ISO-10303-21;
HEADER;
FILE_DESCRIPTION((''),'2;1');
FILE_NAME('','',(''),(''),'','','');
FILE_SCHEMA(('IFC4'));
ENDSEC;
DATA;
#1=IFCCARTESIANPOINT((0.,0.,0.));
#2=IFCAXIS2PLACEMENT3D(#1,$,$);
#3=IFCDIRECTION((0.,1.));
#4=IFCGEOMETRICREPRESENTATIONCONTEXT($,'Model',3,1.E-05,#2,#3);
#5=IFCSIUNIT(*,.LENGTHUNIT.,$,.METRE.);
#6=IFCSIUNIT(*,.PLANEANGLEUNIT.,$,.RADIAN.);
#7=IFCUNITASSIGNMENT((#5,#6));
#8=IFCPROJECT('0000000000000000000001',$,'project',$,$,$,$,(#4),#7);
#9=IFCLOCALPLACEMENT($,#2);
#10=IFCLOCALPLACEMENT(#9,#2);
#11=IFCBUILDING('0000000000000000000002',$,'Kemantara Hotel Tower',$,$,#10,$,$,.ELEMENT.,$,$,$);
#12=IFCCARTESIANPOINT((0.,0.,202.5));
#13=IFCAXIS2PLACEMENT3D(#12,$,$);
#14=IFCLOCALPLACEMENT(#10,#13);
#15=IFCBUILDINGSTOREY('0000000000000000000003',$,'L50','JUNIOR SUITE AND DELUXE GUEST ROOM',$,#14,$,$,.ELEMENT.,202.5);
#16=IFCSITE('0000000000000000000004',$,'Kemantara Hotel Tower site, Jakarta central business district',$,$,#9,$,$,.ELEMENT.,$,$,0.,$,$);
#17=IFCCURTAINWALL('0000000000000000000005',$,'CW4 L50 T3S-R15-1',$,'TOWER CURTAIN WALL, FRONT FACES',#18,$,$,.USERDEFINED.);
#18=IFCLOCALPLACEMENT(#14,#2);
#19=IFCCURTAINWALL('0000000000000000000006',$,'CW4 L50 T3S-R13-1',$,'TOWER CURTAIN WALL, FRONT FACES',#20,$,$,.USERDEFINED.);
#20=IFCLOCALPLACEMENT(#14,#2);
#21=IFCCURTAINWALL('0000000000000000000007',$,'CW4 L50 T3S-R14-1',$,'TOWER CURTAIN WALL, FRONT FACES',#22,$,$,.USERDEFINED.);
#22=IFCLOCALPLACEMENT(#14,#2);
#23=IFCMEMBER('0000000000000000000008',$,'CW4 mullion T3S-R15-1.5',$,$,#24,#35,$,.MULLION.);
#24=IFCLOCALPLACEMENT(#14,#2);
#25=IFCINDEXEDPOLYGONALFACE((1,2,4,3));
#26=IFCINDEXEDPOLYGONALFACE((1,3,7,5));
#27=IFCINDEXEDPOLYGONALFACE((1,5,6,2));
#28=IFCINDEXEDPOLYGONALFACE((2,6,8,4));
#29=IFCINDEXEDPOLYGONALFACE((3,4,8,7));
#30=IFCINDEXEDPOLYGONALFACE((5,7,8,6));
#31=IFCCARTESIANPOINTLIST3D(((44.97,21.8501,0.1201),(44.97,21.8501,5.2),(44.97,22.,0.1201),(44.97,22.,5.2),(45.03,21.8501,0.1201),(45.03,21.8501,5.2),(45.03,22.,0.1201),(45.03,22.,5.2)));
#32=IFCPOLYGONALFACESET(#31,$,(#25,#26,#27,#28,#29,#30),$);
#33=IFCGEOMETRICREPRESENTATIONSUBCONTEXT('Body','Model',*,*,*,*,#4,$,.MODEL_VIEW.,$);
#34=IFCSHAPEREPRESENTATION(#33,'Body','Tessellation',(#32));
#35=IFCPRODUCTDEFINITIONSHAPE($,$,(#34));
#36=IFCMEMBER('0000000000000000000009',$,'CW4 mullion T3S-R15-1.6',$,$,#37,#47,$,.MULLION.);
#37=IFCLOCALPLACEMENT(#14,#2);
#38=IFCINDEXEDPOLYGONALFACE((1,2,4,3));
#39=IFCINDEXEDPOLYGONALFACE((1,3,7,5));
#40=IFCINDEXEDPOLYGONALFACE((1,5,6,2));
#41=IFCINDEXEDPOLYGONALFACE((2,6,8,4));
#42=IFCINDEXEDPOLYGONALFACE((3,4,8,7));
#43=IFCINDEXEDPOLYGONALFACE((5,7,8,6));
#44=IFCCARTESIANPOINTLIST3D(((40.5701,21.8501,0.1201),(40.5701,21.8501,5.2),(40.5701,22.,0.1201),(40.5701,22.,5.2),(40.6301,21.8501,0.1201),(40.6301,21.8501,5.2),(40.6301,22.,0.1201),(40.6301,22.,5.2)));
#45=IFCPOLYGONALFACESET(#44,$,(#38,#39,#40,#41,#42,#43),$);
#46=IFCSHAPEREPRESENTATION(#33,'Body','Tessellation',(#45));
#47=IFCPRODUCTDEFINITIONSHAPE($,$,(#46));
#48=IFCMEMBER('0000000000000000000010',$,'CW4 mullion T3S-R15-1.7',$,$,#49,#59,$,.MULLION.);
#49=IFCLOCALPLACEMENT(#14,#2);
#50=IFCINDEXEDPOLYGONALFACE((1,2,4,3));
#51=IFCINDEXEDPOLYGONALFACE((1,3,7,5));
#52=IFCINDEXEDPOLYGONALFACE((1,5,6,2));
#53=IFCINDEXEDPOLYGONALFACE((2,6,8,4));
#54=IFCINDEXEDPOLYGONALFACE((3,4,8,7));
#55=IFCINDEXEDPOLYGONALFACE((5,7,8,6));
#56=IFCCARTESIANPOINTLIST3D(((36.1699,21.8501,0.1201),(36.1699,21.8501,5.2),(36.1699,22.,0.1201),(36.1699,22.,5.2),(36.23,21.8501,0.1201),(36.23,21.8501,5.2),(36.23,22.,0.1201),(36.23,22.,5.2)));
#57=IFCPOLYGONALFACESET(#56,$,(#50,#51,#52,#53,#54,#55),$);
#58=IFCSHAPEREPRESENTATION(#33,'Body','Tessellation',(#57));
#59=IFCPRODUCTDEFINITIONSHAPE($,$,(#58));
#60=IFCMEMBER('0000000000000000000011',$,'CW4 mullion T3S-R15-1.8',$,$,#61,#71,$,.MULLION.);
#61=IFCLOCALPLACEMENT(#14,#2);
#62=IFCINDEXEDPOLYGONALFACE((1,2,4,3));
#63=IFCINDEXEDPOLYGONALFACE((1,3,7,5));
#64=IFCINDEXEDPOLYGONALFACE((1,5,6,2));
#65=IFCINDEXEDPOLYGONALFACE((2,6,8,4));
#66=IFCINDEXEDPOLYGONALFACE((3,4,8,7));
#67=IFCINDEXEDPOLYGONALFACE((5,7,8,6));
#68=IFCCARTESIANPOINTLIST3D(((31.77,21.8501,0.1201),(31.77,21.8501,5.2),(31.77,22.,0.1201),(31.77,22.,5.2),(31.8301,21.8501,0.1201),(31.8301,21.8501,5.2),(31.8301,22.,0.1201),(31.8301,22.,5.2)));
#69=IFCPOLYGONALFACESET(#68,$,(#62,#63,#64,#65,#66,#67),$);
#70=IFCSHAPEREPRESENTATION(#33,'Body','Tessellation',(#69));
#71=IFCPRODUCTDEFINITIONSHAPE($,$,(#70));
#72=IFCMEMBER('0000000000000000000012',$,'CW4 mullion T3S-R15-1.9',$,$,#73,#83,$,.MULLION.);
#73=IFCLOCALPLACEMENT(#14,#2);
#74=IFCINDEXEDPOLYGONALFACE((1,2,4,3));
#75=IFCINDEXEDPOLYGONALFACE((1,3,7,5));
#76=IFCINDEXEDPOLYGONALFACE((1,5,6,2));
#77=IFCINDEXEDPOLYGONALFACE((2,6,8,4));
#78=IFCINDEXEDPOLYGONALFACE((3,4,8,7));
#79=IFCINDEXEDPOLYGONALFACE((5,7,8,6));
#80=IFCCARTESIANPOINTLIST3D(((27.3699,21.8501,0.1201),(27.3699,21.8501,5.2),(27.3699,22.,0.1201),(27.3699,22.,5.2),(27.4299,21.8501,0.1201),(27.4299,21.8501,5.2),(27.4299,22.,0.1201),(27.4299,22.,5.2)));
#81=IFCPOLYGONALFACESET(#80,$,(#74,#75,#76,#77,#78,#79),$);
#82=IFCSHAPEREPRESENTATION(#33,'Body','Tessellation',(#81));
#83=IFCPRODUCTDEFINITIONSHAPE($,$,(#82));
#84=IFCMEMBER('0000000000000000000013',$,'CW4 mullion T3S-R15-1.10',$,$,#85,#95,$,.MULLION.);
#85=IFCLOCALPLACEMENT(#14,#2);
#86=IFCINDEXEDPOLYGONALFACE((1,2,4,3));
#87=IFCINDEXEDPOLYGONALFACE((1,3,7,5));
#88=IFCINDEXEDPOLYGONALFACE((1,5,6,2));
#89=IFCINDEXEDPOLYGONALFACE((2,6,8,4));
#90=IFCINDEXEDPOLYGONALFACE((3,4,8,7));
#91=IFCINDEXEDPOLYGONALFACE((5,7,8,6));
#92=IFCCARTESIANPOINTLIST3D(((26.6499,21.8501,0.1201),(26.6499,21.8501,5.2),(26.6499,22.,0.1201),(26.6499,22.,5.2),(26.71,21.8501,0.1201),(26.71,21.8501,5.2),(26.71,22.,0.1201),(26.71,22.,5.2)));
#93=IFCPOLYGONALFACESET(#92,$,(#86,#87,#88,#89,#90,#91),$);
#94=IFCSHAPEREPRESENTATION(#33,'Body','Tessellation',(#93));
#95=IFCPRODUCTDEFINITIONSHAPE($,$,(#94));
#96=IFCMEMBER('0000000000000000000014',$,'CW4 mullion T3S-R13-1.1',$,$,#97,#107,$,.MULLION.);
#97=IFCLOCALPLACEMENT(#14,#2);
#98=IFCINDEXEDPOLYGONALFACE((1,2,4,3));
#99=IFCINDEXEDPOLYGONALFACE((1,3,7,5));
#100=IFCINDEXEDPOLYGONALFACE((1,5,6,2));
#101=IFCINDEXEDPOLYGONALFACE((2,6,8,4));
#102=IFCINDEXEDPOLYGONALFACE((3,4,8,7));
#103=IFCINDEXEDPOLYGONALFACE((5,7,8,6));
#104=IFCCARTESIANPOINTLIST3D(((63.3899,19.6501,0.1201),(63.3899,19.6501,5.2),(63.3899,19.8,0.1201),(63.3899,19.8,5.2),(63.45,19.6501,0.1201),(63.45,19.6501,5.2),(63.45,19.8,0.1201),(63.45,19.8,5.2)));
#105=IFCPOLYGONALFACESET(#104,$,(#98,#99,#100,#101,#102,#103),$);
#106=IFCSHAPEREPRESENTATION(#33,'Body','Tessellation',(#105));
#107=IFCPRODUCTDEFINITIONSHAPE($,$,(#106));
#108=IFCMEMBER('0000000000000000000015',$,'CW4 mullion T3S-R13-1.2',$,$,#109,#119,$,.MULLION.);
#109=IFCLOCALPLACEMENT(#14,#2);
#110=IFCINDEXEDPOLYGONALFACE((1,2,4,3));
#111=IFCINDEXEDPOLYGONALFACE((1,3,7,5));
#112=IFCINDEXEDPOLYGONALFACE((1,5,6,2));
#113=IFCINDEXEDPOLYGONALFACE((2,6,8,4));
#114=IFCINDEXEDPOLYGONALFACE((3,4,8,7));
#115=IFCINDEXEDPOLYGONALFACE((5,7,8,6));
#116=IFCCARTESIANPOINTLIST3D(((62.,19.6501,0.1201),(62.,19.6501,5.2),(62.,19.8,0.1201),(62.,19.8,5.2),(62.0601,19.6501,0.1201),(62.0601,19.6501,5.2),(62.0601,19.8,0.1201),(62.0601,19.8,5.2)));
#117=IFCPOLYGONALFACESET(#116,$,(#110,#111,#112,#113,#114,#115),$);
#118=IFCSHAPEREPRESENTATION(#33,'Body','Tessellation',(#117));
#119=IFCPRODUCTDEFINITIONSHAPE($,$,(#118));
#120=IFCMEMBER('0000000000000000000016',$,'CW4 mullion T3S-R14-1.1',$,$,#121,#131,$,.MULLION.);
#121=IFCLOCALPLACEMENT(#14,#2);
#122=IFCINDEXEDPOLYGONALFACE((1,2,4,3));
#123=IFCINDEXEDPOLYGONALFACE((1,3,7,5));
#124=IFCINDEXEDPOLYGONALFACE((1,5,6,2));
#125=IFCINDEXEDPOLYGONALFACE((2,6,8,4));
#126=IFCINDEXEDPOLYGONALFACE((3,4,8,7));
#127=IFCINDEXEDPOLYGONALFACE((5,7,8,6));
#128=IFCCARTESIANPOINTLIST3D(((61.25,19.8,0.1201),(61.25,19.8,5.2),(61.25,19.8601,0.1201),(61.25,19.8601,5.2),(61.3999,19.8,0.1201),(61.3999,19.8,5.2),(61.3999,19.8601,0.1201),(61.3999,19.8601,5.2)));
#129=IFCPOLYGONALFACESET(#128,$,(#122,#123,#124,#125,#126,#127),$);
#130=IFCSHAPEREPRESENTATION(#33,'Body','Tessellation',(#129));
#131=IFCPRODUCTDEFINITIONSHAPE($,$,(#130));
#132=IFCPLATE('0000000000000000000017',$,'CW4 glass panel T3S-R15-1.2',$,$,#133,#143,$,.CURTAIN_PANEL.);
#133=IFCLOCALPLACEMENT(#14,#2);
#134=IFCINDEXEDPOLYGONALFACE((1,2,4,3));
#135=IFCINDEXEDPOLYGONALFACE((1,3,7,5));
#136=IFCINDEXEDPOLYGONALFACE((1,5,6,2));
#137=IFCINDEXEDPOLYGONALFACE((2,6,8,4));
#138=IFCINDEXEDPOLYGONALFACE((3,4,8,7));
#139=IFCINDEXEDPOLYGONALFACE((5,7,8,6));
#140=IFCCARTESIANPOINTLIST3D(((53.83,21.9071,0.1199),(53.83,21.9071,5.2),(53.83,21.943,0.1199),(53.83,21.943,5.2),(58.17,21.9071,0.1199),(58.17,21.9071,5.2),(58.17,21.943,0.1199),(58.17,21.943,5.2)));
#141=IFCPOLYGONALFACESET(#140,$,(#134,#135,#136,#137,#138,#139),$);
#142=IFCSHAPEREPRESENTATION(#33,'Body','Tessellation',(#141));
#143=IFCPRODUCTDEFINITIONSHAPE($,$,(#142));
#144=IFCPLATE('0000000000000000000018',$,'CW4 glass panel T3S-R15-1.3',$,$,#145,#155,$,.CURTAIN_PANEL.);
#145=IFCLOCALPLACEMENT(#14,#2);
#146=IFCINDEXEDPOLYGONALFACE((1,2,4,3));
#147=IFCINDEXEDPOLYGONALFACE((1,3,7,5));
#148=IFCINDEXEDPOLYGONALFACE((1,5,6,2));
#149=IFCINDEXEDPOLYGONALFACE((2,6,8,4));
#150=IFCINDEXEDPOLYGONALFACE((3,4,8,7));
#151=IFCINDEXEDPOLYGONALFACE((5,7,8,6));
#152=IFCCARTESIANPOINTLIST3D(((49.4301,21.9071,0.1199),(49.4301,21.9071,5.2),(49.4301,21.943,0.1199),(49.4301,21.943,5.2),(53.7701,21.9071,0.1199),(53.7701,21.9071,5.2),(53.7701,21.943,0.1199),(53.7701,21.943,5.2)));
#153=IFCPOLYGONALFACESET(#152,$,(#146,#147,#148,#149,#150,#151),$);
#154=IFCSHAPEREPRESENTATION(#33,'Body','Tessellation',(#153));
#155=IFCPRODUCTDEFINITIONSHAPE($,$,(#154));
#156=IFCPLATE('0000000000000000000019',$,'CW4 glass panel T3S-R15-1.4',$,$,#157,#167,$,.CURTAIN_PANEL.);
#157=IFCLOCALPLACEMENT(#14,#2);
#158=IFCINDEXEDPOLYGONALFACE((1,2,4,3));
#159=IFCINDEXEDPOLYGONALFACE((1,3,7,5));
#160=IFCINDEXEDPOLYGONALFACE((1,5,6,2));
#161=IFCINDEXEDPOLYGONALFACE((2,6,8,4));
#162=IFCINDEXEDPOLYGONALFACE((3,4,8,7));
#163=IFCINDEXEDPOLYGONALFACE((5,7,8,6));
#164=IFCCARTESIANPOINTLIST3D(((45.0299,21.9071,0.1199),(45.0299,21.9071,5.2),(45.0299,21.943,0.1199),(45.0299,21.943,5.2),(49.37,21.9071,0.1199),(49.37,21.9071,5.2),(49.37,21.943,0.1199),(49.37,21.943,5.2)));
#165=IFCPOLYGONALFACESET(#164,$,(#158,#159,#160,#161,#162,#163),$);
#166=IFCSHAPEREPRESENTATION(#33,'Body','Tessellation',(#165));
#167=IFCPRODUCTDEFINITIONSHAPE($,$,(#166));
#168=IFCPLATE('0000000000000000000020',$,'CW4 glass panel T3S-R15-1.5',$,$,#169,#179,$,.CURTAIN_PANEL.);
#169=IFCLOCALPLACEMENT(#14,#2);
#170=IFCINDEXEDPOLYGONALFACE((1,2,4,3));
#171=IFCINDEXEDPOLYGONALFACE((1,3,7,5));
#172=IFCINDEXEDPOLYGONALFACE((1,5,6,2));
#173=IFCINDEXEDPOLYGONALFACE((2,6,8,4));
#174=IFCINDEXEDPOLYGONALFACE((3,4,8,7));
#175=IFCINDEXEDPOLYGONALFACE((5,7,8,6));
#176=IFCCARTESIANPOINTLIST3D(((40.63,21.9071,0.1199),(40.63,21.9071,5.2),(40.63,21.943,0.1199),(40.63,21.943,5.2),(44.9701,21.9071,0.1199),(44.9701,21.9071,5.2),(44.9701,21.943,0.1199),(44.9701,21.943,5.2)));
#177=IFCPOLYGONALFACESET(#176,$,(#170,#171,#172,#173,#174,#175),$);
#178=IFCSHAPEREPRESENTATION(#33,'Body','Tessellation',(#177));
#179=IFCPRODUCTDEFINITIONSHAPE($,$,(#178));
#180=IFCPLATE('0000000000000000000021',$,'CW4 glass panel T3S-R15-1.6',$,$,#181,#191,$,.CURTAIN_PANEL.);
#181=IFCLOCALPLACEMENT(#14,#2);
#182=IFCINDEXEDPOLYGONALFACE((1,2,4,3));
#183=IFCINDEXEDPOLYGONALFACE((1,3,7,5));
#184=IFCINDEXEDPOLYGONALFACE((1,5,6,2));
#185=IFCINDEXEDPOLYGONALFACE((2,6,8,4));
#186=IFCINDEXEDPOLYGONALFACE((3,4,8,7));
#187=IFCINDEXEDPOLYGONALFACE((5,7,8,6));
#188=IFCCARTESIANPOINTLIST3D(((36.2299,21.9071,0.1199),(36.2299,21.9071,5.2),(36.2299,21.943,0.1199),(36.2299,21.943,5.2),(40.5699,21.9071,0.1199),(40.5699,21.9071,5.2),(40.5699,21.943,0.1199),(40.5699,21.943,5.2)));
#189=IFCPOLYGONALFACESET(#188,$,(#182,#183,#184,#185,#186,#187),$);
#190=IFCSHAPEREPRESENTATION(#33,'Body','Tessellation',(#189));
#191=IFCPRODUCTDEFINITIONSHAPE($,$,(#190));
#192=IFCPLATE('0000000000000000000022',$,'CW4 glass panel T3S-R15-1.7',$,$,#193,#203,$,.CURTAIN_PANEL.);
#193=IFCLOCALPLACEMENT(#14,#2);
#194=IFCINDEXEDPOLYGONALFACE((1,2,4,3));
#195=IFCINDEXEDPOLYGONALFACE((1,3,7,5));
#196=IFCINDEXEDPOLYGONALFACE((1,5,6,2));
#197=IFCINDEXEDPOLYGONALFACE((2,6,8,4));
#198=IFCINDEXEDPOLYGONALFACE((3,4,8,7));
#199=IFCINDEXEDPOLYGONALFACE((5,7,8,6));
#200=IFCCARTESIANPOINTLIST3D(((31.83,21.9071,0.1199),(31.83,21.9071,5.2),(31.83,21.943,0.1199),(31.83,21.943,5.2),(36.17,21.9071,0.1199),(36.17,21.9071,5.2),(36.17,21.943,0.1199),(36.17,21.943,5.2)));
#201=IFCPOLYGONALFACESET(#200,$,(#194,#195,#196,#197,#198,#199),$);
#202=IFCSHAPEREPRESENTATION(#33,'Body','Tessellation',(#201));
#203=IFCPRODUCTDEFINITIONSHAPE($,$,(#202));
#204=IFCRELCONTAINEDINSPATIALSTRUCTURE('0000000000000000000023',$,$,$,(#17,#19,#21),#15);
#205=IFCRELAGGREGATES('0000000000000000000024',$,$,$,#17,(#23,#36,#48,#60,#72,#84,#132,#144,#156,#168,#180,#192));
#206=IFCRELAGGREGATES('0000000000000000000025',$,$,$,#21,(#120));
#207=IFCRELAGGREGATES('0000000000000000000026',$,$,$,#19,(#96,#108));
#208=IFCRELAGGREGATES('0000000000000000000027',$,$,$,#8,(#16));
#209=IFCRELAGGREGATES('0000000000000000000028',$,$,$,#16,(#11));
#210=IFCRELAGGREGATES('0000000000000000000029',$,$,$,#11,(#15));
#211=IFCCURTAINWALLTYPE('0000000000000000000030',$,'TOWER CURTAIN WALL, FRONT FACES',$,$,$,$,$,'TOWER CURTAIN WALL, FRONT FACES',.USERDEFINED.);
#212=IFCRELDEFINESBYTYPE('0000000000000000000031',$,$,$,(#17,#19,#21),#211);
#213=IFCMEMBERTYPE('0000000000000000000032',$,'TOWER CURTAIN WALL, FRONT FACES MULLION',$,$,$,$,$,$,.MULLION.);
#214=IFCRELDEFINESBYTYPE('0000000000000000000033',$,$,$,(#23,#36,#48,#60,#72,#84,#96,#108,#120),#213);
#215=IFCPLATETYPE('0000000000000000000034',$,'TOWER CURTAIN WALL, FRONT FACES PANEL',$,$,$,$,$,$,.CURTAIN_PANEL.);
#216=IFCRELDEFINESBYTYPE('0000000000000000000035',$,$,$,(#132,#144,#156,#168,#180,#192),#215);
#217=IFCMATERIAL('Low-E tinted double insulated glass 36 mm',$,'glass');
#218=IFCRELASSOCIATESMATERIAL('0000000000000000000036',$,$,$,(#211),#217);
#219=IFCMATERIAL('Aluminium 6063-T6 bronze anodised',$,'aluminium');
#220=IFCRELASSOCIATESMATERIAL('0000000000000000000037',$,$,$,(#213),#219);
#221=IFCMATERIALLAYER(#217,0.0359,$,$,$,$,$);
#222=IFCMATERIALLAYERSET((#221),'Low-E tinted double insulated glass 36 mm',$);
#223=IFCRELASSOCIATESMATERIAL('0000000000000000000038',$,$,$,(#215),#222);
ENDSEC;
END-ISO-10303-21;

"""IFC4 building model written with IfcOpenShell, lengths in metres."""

from ifc_helpers import new_model, si_unit, direction, frame, origin, origin_2d, place, context, subcontext, project, spatial, rectangle, extrude, source, transform, mapped, material, layer, layer_set, material_profile, profile_set, type_object, element, aggregate, save


model = new_model("IFC4")

# Units and contexts
model_context = context("Model", 3, precision=1e-05, world=origin(), true_north=direction((0.0, 1.0)))
body_context = subcontext(model_context, "Body", "Model", "MODEL_VIEW")
ifc_project = project(units=[si_unit("LENGTHUNIT", "METRE"), si_unit("PLANEANGLEUNIT", "RADIAN")], contexts=[model_context])

# Site, building, storey
site_placement = place(None, origin())
site = spatial("IfcSite", under=ifc_project, at=site_placement, Name="Kemantara Hotel Tower site, Jakarta central business district", CompositionType="ELEMENT", RefElevation=0.0)
building_placement = place(site_placement, origin())
building = spatial("IfcBuilding", under=site, at=building_placement, Name="Kemantara Hotel Tower", CompositionType="ELEMENT")
storey_placement = place(building_placement, frame((0.0, 0.0, 202.5)))
storey = spatial("IfcBuildingStorey", under=building, at=storey_placement, Name="L50", Description="JUNIOR SUITE AND DELUXE GUEST ROOM", CompositionType="ELEMENT", Elevation=202.5)

# Curtain walls
ifc_material_1 = material(Name="Low-E tinted double insulated glass 36 mm", Category="glass")
curtain_wall_type = type_object("IfcCurtainWallType", Name="TOWER CURTAIN WALL, FRONT FACES", ElementType="TOWER CURTAIN WALL, FRONT FACES", PredefinedType="USERDEFINED", material=ifc_material_1)
curtain_wall_1_placement = place(storey_placement, origin())
curtain_wall_1 = element("IfcCurtainWall", 1, at=curtain_wall_1_placement, inside=storey, type_object=curtain_wall_type, Name="CW4 L50 T3S-R15-1", ObjectType="TOWER CURTAIN WALL, FRONT FACES", PredefinedType="USERDEFINED")
ifc_material_2 = material(Name="Aluminium 6063-T6 bronze anodised", Category="aluminium")
curtain_wall_2_placement = place(storey_placement, origin())
curtain_wall_2 = element("IfcCurtainWall", 2, at=curtain_wall_2_placement, inside=storey, type_object=curtain_wall_type, Name="CW4 L50 T3S-R13-1", ObjectType="TOWER CURTAIN WALL, FRONT FACES", PredefinedType="USERDEFINED")
curtain_wall_3_placement = place(storey_placement, origin())
curtain_wall_3 = element("IfcCurtainWall", 3, at=curtain_wall_3_placement, inside=storey, type_object=curtain_wall_type, Name="CW4 L50 T3S-R14-1", ObjectType="TOWER CURTAIN WALL, FRONT FACES", PredefinedType="USERDEFINED")

# Shared definitions
ifc_material_profile_1 = material_profile(ifc_material_2, rectangle(XDim=0.1499, YDim=0.0601, at=origin_2d()), Name="TOWER CURTAIN WALL, FRONT FACES MULLION")
ifc_profile_set_1 = profile_set([ifc_material_profile_1], Name="Aluminium 6063-T6 bronze anodised")
member_type_1 = type_object("IfcMemberType", Name="TOWER CURTAIN WALL, FRONT FACES MULLION", PredefinedType="MULLION", material=ifc_profile_set_1)
shared_shape_1 = source(origin(), body_context, "Body", "SweptSolid", [
    extrude(rectangle(XDim=0.1499, YDim=0.0601, at=origin_2d()), origin(), (0.0, 0.0, 1.0), 5.0798),
])

# Members
member_1_placement = place(storey_placement, frame((45.0, 21.925, 0.1201), z_axis=(0.0, 0.0, 1.0), x_axis=(0.0, -1.0, 0.0)))
member_1 = element("IfcMember", 4, at=member_1_placement, type_object=member_type_1, Name="CW4 mullion T3S-R15-1.5", PredefinedType="MULLION", context=body_context, shape_type="MappedRepresentation", body=[
    mapped(shared_shape_1, transform((0.0, 0.0, 0.0))),
])
member_2_placement = place(storey_placement, frame((40.6001, 21.925, 0.1201), z_axis=(0.0, 0.0, 1.0), x_axis=(0.0, -1.0, 0.0)))
member_2 = element("IfcMember", 5, at=member_2_placement, type_object=member_type_1, Name="CW4 mullion T3S-R15-1.6", PredefinedType="MULLION", context=body_context, shape_type="MappedRepresentation", body=[
    mapped(shared_shape_1, transform((0.0, 0.0, 0.0))),
])
member_3_placement = place(storey_placement, frame((36.2, 21.925, 0.1201), z_axis=(0.0, 0.0, 1.0), x_axis=(0.0, -1.0, 0.0)))
member_3 = element("IfcMember", 6, at=member_3_placement, type_object=member_type_1, Name="CW4 mullion T3S-R15-1.7", PredefinedType="MULLION", context=body_context, shape_type="MappedRepresentation", body=[
    mapped(shared_shape_1, transform((0.0, 0.0, 0.0))),
])
member_4_placement = place(storey_placement, frame((31.8, 21.925, 0.1201), z_axis=(0.0, 0.0, 1.0), x_axis=(0.0, -1.0, 0.0)))
member_4 = element("IfcMember", 7, at=member_4_placement, type_object=member_type_1, Name="CW4 mullion T3S-R15-1.8", PredefinedType="MULLION", context=body_context, shape_type="MappedRepresentation", body=[
    mapped(shared_shape_1, transform((0.0, 0.0, 0.0))),
])
member_5_placement = place(storey_placement, frame((27.3999, 21.925, 0.1201), z_axis=(0.0, 0.0, 1.0), x_axis=(0.0, -1.0, 0.0)))
member_5 = element("IfcMember", 8, at=member_5_placement, type_object=member_type_1, Name="CW4 mullion T3S-R15-1.9", PredefinedType="MULLION", context=body_context, shape_type="MappedRepresentation", body=[
    mapped(shared_shape_1, transform((0.0, 0.0, 0.0))),
])
member_6_placement = place(storey_placement, frame((26.6799, 21.925, 0.1201), z_axis=(0.0, 0.0, 1.0), x_axis=(0.0, -1.0, 0.0)))
member_6 = element("IfcMember", 9, at=member_6_placement, type_object=member_type_1, Name="CW4 mullion T3S-R15-1.10", PredefinedType="MULLION", context=body_context, shape_type="MappedRepresentation", body=[
    mapped(shared_shape_1, transform((0.0, 0.0, 0.0))),
])
member_7_placement = place(storey_placement, frame((63.4199, 19.7251, 0.1201), z_axis=(0.0, 0.0, 1.0), x_axis=(0.0, -1.0, 0.0)))
member_7 = element("IfcMember", 10, at=member_7_placement, type_object=member_type_1, Name="CW4 mullion T3S-R13-1.1", PredefinedType="MULLION", context=body_context, shape_type="MappedRepresentation", body=[
    mapped(shared_shape_1, transform((0.0, 0.0, 0.0))),
])
member_8_placement = place(storey_placement, frame((62.03, 19.7251, 0.1201), z_axis=(0.0, 0.0, 1.0), x_axis=(0.0, -1.0, 0.0)))
member_8 = element("IfcMember", 11, at=member_8_placement, type_object=member_type_1, Name="CW4 mullion T3S-R13-1.2", PredefinedType="MULLION", context=body_context, shape_type="MappedRepresentation", body=[
    mapped(shared_shape_1, transform((0.0, 0.0, 0.0))),
])
member_9_placement = place(storey_placement, frame((61.325, 19.8301, 0.1201), z_axis=(0.0, 0.0, 1.0), x_axis=(-1.0, 0.0, 0.0)))
member_9 = element("IfcMember", 12, at=member_9_placement, type_object=member_type_1, Name="CW4 mullion T3S-R14-1.1", PredefinedType="MULLION", context=body_context, shape_type="MappedRepresentation", body=[
    mapped(shared_shape_1, transform((0.0, 0.0, 0.0))),
])

# Plates
ifc_layer_1 = layer(ifc_material_1, 0.0359)
ifc_layer_set_1 = layer_set([ifc_layer_1], Name="Low-E tinted double insulated glass 36 mm")
plate_type = type_object("IfcPlateType", Name="TOWER CURTAIN WALL, FRONT FACES PANEL", PredefinedType="CURTAIN_PANEL", material=ifc_layer_set_1)
shared_shape_2 = source(origin(), body_context, "Body", "SweptSolid", [
    extrude(rectangle(XDim=4.3401, YDim=0.0359, at=origin_2d()), origin(), (0.0, 0.0, 1.0), 5.0801),
])
plate_1_placement = place(storey_placement, frame((56.0, 21.925, 0.1199), z_axis=(0.0, 0.0, 1.0), x_axis=(-1.0, 0.0, 0.0)))
plate_1 = element("IfcPlate", 13, at=plate_1_placement, type_object=plate_type, Name="CW4 glass panel T3S-R15-1.2", PredefinedType="CURTAIN_PANEL", context=body_context, shape_type="MappedRepresentation", body=[
    mapped(shared_shape_2, transform((0.0, 0.0, 0.0))),
])
plate_2_placement = place(storey_placement, frame((51.6001, 21.925, 0.1199), z_axis=(0.0, 0.0, 1.0), x_axis=(-1.0, 0.0, 0.0)))
plate_2 = element("IfcPlate", 14, at=plate_2_placement, type_object=plate_type, Name="CW4 glass panel T3S-R15-1.3", PredefinedType="CURTAIN_PANEL", context=body_context, shape_type="MappedRepresentation", body=[
    mapped(shared_shape_2, transform((0.0, 0.0, 0.0))),
])
plate_3_placement = place(storey_placement, frame((47.2, 21.925, 0.1199), z_axis=(0.0, 0.0, 1.0), x_axis=(-1.0, 0.0, 0.0)))
plate_3 = element("IfcPlate", 15, at=plate_3_placement, type_object=plate_type, Name="CW4 glass panel T3S-R15-1.4", PredefinedType="CURTAIN_PANEL", context=body_context, shape_type="MappedRepresentation", body=[
    mapped(shared_shape_2, transform((0.0, 0.0, 0.0))),
])
plate_4_placement = place(storey_placement, frame((42.8, 21.925, 0.1199), z_axis=(0.0, 0.0, 1.0), x_axis=(-1.0, 0.0, 0.0)))
plate_4 = element("IfcPlate", 16, at=plate_4_placement, type_object=plate_type, Name="CW4 glass panel T3S-R15-1.5", PredefinedType="CURTAIN_PANEL", context=body_context, shape_type="MappedRepresentation", body=[
    mapped(shared_shape_2, transform((0.0, 0.0, 0.0))),
])
plate_5_placement = place(storey_placement, frame((38.3999, 21.925, 0.1199), z_axis=(0.0, 0.0, 1.0), x_axis=(-1.0, 0.0, 0.0)))
plate_5 = element("IfcPlate", 17, at=plate_5_placement, type_object=plate_type, Name="CW4 glass panel T3S-R15-1.6", PredefinedType="CURTAIN_PANEL", context=body_context, shape_type="MappedRepresentation", body=[
    mapped(shared_shape_2, transform((0.0, 0.0, 0.0))),
])
plate_6_placement = place(storey_placement, frame((34.0, 21.925, 0.1199), z_axis=(0.0, 0.0, 1.0), x_axis=(-1.0, 0.0, 0.0)))
plate_6 = element("IfcPlate", 18, at=plate_6_placement, type_object=plate_type, Name="CW4 glass panel T3S-R15-1.7", PredefinedType="CURTAIN_PANEL", context=body_context, shape_type="MappedRepresentation", body=[
    mapped(shared_shape_2, transform((0.0, 0.0, 0.0))),
])
aggregate(curtain_wall_1, [member_1, member_2, member_3, member_4, member_5, member_6, plate_1, plate_2, plate_3, plate_4, plate_5, plate_6])
aggregate(curtain_wall_3, [member_9])
aggregate(curtain_wall_2, [member_7, member_8])

save(model, "model.ifc")
